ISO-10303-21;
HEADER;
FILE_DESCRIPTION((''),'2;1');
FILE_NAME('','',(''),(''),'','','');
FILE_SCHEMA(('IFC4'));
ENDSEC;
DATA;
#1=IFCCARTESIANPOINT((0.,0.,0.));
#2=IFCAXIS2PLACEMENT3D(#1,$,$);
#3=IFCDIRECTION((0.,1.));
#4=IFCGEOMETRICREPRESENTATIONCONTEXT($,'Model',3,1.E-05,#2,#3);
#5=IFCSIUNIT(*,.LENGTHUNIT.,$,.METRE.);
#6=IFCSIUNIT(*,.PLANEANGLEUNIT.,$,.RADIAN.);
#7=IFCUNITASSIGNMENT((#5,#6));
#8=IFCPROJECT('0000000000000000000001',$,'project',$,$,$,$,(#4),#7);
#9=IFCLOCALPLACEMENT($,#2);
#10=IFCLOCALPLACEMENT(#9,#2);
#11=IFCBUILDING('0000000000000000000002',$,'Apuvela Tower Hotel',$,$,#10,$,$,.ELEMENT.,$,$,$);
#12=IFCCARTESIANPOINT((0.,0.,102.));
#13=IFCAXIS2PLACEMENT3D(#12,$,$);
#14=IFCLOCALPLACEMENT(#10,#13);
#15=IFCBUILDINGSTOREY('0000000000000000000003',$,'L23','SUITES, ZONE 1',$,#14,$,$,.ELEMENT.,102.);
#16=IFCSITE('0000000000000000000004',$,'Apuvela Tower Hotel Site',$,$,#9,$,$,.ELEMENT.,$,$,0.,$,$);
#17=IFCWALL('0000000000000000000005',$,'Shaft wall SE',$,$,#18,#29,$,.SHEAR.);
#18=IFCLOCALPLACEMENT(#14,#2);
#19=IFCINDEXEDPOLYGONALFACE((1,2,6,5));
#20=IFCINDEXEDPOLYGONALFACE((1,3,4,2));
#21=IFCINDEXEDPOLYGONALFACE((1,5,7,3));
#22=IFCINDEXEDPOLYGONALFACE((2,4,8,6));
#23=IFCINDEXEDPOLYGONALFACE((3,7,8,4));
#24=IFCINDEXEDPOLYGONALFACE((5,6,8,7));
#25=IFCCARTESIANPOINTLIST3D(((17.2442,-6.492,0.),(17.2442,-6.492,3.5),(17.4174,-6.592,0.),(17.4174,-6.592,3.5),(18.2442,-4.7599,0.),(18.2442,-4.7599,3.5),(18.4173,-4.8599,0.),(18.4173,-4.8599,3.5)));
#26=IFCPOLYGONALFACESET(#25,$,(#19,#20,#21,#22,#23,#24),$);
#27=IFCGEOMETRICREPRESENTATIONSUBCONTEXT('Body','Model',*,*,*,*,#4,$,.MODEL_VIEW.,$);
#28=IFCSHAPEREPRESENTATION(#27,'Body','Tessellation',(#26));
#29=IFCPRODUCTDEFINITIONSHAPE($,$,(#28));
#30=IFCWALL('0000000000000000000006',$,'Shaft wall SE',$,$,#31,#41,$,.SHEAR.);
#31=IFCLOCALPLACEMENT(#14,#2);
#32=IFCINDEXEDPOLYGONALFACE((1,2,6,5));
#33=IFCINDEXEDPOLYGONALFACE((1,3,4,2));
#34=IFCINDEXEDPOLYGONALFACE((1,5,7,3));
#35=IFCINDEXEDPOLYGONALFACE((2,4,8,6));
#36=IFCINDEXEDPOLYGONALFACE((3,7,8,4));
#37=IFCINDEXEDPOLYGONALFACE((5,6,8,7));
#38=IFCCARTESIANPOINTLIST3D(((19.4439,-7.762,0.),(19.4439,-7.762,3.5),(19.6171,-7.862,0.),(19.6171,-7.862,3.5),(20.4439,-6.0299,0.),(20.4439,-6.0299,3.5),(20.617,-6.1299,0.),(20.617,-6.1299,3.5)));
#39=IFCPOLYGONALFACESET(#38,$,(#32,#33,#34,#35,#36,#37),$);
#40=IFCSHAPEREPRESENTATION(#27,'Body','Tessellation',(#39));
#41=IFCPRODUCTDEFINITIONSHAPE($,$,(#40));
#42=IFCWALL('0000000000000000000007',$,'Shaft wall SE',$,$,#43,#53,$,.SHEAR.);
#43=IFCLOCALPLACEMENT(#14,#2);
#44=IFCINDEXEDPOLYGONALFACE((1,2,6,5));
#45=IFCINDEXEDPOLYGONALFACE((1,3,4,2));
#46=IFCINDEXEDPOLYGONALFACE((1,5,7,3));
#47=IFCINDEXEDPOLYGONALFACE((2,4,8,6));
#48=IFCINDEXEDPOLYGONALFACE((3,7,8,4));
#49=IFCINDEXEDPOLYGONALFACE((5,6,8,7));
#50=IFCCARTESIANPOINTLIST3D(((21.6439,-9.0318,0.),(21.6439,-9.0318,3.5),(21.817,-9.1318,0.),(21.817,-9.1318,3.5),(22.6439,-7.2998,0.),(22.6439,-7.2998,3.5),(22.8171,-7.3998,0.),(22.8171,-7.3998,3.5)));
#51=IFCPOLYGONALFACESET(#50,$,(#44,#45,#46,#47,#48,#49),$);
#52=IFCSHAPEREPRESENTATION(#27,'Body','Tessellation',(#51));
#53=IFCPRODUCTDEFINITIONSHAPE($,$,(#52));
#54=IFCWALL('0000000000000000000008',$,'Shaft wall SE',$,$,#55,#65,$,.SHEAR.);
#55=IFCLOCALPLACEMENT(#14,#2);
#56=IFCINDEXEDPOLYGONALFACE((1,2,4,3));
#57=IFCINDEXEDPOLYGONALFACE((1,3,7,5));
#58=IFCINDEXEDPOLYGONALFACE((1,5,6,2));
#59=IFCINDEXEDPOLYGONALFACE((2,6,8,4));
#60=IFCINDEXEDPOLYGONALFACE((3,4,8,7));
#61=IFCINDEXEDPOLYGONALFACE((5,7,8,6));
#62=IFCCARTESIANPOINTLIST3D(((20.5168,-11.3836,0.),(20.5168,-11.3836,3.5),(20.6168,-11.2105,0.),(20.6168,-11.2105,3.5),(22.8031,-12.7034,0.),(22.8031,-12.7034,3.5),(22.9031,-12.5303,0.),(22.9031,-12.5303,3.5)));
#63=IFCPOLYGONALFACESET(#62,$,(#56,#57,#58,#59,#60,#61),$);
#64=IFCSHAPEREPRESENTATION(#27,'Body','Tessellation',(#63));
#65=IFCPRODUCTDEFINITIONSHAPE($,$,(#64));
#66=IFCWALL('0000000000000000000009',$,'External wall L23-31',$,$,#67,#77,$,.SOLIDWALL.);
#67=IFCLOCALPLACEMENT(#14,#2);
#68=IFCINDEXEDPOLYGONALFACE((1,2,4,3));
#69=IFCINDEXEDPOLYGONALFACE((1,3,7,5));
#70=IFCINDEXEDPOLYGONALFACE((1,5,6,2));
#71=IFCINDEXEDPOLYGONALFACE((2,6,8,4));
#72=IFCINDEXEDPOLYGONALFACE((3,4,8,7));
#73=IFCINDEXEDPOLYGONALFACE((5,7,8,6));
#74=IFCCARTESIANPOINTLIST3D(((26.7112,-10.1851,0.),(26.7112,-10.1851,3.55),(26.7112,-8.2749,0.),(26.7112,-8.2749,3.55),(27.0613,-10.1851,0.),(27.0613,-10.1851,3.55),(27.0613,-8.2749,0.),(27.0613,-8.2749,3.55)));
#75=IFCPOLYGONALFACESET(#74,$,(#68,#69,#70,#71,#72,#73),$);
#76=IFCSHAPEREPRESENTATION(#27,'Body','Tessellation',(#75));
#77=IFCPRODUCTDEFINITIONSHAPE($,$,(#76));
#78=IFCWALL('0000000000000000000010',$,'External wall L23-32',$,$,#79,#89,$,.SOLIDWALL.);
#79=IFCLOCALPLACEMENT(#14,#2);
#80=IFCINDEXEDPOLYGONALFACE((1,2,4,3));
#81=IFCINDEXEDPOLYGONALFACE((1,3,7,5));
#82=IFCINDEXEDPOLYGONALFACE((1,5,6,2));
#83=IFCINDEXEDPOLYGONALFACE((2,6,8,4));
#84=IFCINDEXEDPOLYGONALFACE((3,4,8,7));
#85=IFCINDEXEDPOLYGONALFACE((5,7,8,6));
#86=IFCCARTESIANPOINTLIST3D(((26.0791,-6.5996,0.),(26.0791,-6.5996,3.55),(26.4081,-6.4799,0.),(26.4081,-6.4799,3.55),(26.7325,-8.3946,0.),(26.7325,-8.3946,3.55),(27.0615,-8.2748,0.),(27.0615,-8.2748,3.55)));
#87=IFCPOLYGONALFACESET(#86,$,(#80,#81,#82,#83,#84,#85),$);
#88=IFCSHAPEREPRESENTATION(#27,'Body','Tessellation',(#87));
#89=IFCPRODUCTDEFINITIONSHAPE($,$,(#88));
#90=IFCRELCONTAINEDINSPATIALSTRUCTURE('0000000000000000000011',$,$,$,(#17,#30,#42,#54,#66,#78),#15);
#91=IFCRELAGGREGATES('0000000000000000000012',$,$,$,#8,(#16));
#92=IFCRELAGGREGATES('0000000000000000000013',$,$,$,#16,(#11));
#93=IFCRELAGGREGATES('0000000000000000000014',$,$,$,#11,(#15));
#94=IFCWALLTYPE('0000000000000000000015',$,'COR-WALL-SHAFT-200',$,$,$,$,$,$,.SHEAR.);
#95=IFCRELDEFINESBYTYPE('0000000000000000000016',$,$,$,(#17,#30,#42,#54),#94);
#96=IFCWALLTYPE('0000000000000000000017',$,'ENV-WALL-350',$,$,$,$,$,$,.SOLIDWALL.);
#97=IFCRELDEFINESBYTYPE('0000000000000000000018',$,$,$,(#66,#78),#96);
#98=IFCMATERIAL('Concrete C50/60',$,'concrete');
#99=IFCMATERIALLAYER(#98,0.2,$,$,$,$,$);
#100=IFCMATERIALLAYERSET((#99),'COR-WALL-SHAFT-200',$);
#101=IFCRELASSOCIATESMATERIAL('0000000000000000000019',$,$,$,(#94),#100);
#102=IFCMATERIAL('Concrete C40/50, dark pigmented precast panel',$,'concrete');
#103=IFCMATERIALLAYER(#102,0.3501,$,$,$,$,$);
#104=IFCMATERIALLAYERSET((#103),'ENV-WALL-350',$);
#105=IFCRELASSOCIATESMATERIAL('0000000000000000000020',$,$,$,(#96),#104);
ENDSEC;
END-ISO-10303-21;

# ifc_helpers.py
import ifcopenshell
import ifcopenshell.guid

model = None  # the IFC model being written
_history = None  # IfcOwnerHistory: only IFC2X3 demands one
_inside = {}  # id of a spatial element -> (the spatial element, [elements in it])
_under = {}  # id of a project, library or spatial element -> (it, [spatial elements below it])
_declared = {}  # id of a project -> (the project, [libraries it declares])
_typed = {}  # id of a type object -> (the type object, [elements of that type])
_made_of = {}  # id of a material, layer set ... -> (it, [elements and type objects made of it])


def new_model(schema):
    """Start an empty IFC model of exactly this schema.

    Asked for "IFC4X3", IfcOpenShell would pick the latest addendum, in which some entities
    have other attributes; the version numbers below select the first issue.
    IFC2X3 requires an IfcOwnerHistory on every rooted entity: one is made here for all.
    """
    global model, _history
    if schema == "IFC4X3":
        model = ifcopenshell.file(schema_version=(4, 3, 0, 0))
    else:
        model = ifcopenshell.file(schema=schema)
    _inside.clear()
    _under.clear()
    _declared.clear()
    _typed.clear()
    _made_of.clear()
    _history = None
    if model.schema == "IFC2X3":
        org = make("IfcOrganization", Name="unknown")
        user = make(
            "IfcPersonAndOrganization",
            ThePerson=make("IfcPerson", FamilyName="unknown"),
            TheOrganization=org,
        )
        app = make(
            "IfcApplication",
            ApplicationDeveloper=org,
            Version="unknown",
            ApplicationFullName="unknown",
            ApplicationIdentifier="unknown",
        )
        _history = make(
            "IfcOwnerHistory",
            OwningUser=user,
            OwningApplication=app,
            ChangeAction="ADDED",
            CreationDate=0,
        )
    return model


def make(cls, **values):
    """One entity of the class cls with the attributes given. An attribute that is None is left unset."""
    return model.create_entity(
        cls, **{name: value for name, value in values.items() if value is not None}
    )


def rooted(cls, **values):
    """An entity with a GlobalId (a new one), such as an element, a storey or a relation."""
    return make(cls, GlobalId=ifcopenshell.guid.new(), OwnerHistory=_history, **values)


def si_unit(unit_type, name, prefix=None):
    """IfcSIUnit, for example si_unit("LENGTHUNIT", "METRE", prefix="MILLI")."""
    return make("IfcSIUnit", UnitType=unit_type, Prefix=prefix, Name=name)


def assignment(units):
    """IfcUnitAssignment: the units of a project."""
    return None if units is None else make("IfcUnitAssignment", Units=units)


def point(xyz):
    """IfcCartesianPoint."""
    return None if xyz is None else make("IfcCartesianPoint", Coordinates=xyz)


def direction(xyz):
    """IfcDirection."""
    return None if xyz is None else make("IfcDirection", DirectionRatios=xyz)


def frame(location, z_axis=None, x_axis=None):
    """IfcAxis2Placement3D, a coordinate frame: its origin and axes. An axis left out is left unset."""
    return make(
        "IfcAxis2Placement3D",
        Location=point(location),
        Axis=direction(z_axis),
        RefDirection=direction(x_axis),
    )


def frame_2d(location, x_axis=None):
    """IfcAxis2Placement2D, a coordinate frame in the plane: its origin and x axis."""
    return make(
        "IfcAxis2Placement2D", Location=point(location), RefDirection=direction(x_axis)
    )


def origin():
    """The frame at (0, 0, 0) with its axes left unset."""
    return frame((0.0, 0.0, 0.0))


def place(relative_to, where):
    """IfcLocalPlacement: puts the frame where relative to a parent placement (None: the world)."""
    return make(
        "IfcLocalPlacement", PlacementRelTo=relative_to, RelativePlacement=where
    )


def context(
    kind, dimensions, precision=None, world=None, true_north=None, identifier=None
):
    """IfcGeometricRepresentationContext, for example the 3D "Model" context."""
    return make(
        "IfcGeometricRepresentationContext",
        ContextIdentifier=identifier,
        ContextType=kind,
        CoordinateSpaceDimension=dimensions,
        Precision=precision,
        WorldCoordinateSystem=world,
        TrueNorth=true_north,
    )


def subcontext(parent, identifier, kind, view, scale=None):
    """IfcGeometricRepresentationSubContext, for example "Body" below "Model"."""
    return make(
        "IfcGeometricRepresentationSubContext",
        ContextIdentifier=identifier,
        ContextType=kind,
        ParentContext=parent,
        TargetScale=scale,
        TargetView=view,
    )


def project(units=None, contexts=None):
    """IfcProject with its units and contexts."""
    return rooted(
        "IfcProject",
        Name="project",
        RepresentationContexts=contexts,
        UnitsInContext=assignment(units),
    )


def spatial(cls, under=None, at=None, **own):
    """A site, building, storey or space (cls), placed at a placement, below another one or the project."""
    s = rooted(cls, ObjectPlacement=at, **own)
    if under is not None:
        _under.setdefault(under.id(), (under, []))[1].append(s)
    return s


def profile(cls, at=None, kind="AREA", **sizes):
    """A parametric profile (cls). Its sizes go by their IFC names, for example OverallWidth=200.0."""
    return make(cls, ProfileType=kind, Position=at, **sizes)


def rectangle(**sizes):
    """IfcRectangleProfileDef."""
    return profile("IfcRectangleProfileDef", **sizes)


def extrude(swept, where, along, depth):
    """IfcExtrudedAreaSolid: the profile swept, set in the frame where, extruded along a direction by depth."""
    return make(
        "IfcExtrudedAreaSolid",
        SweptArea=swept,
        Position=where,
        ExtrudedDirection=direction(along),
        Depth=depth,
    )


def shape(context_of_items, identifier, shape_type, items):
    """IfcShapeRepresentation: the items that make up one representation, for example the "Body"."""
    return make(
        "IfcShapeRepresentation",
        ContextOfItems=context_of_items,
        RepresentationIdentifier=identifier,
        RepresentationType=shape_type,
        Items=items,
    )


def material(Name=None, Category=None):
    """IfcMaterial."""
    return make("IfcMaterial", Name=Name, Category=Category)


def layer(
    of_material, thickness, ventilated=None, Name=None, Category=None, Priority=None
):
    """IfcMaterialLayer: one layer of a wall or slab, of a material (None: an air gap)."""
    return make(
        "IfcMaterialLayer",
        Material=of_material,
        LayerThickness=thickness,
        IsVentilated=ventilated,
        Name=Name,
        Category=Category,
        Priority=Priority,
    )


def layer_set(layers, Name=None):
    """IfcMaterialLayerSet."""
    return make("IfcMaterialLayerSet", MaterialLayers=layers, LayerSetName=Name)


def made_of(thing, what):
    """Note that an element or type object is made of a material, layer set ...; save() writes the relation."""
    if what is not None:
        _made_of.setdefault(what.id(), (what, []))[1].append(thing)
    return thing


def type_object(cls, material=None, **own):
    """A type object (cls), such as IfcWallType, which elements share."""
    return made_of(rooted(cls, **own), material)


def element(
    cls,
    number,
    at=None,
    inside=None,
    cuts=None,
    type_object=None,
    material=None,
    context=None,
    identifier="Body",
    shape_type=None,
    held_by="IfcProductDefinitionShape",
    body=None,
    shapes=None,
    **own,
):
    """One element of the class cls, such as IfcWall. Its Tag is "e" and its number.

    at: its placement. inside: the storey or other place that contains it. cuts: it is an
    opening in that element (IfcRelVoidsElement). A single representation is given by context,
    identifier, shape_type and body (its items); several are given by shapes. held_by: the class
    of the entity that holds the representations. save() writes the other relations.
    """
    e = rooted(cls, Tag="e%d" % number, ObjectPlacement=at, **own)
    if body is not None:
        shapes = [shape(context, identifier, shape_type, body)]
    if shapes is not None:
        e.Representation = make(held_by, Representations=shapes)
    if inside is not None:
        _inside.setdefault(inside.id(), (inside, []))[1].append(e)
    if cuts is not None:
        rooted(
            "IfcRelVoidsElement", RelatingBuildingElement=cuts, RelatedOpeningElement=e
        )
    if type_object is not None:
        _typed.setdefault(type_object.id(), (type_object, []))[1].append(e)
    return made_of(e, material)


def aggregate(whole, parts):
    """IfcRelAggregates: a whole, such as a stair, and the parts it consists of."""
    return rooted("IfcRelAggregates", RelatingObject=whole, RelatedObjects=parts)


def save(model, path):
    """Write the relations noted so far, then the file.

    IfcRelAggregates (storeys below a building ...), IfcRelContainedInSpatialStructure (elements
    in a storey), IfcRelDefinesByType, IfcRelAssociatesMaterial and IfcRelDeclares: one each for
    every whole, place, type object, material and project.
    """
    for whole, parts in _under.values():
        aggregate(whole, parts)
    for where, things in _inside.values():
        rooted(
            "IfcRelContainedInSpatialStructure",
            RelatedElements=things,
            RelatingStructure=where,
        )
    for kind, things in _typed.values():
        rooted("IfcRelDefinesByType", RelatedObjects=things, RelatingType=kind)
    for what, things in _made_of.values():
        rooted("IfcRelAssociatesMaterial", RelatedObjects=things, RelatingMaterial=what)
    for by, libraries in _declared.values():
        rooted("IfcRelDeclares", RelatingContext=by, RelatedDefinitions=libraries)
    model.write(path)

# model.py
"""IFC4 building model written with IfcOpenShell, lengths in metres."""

from ifc_helpers import new_model, si_unit, direction, frame, frame_2d, origin, place, context, subcontext, project, spatial, rectangle, extrude, material, layer, layer_set, type_object, element, save


model = new_model("IFC4")

# Units and contexts
model_context = context("Model", 3, precision=1e-05, world=origin(), true_north=direction((0.0, 1.0)))
body_context = subcontext(model_context, "Body", "Model", "MODEL_VIEW")
ifc_project = project(units=[si_unit("LENGTHUNIT", "METRE"), si_unit("PLANEANGLEUNIT", "RADIAN")], contexts=[model_context])

# Site, building, storey
site_placement = place(None, origin())
site = spatial("IfcSite", under=ifc_project, at=site_placement, Name="Apuvela Tower Hotel Site", CompositionType="ELEMENT", RefElevation=0.0)
building_placement = place(site_placement, origin())
building = spatial("IfcBuilding", under=site, at=building_placement, Name="Apuvela Tower Hotel", CompositionType="ELEMENT")
storey_placement = place(building_placement, frame((0.0, 0.0, 102.0)))
storey = spatial("IfcBuildingStorey", under=building, at=storey_placement, Name="L23", Description="SUITES, ZONE 1", CompositionType="ELEMENT", Elevation=102.0)

# Walls
ifc_material_1 = material(Name="Concrete C50/60", Category="concrete")
ifc_layer_1 = layer(ifc_material_1, 0.2)
ifc_layer_set_1 = layer_set([ifc_layer_1], Name="COR-WALL-SHAFT-200")
wall_type_1 = type_object("IfcWallType", Name="COR-WALL-SHAFT-200", PredefinedType="SHEAR", material=ifc_layer_set_1)
for number, where, z_axis, x_axis, name in (
    (1, (17.3308, -6.542, 0.0), (0.0, 0.0, 1.0), (0.499973, 0.866041, 0.0), "Shaft wall SE"),
    (2, (19.5305, -7.812, 0.0), (0.0, 0.0, 1.0), (0.499973, 0.866041, 0.0), "Shaft wall SE"),
    (3, (21.7305, -9.0818, 0.0), (0.0, 0.0, 1.0), (0.500025, 0.866011, 0.0), "Shaft wall SE"),
):
    element("IfcWall", number, at=place(storey_placement, frame(where, z_axis=z_axis, x_axis=x_axis)), inside=storey, type_object=wall_type_1, Name=name, PredefinedType="SHEAR", context=body_context, shape_type="SweptSolid", body=[
        extrude(rectangle(XDim=2.0, YDim=0.2, at=frame_2d((1.0, 0.0))), origin(), (0.0, 0.0, 1.0), 3.5),
    ])
wall_1_placement = place(storey_placement, frame((20.5669, -11.2971, 0.0), z_axis=(0.0, 0.0, 1.0), x_axis=(0.866061, -0.499939, 0.0)))
element("IfcWall", 4, at=wall_1_placement, inside=storey, type_object=wall_type_1, Name="Shaft wall SE", PredefinedType="SHEAR", context=body_context, shape_type="SweptSolid", body=[
    extrude(rectangle(XDim=2.6399, YDim=0.2, at=frame_2d((1.3198, 0.0))), origin(), (0.0, 0.0, 1.0), 3.5),
])
ifc_material_2 = material(Name="Concrete C40/50, dark pigmented precast panel", Category="concrete")
ifc_layer_2 = layer(ifc_material_2, 0.3501)
ifc_layer_set_2 = layer_set([ifc_layer_2], Name="ENV-WALL-350")
wall_type_2 = type_object("IfcWallType", Name="ENV-WALL-350", PredefinedType="SOLIDWALL", material=ifc_layer_set_2)
for number, where, z_axis, x_axis, name in (
    (5, (26.8862, -10.1851, 0.0), (0.0, 0.0, 1.0), (0.0, 1.0, 0.0), "External wall L23-31"),
    (6, (26.897, -8.3347, 0.0), (0.0, 0.0, 1.0), (-0.34203, 0.939689, 0.0), "External wall L23-32"),
):
    element("IfcWall", number, at=place(storey_placement, frame(where, z_axis=z_axis, x_axis=x_axis)), inside=storey, type_object=wall_type_2, Name=name, PredefinedType="SOLIDWALL", context=body_context, shape_type="SweptSolid", body=[
        extrude(rectangle(XDim=1.9102, YDim=0.3501, at=frame_2d((0.9551, 0.0))), origin(), (0.0, 0.0, 1.0), 3.55),
    ])

save(model, "model.ifc")
